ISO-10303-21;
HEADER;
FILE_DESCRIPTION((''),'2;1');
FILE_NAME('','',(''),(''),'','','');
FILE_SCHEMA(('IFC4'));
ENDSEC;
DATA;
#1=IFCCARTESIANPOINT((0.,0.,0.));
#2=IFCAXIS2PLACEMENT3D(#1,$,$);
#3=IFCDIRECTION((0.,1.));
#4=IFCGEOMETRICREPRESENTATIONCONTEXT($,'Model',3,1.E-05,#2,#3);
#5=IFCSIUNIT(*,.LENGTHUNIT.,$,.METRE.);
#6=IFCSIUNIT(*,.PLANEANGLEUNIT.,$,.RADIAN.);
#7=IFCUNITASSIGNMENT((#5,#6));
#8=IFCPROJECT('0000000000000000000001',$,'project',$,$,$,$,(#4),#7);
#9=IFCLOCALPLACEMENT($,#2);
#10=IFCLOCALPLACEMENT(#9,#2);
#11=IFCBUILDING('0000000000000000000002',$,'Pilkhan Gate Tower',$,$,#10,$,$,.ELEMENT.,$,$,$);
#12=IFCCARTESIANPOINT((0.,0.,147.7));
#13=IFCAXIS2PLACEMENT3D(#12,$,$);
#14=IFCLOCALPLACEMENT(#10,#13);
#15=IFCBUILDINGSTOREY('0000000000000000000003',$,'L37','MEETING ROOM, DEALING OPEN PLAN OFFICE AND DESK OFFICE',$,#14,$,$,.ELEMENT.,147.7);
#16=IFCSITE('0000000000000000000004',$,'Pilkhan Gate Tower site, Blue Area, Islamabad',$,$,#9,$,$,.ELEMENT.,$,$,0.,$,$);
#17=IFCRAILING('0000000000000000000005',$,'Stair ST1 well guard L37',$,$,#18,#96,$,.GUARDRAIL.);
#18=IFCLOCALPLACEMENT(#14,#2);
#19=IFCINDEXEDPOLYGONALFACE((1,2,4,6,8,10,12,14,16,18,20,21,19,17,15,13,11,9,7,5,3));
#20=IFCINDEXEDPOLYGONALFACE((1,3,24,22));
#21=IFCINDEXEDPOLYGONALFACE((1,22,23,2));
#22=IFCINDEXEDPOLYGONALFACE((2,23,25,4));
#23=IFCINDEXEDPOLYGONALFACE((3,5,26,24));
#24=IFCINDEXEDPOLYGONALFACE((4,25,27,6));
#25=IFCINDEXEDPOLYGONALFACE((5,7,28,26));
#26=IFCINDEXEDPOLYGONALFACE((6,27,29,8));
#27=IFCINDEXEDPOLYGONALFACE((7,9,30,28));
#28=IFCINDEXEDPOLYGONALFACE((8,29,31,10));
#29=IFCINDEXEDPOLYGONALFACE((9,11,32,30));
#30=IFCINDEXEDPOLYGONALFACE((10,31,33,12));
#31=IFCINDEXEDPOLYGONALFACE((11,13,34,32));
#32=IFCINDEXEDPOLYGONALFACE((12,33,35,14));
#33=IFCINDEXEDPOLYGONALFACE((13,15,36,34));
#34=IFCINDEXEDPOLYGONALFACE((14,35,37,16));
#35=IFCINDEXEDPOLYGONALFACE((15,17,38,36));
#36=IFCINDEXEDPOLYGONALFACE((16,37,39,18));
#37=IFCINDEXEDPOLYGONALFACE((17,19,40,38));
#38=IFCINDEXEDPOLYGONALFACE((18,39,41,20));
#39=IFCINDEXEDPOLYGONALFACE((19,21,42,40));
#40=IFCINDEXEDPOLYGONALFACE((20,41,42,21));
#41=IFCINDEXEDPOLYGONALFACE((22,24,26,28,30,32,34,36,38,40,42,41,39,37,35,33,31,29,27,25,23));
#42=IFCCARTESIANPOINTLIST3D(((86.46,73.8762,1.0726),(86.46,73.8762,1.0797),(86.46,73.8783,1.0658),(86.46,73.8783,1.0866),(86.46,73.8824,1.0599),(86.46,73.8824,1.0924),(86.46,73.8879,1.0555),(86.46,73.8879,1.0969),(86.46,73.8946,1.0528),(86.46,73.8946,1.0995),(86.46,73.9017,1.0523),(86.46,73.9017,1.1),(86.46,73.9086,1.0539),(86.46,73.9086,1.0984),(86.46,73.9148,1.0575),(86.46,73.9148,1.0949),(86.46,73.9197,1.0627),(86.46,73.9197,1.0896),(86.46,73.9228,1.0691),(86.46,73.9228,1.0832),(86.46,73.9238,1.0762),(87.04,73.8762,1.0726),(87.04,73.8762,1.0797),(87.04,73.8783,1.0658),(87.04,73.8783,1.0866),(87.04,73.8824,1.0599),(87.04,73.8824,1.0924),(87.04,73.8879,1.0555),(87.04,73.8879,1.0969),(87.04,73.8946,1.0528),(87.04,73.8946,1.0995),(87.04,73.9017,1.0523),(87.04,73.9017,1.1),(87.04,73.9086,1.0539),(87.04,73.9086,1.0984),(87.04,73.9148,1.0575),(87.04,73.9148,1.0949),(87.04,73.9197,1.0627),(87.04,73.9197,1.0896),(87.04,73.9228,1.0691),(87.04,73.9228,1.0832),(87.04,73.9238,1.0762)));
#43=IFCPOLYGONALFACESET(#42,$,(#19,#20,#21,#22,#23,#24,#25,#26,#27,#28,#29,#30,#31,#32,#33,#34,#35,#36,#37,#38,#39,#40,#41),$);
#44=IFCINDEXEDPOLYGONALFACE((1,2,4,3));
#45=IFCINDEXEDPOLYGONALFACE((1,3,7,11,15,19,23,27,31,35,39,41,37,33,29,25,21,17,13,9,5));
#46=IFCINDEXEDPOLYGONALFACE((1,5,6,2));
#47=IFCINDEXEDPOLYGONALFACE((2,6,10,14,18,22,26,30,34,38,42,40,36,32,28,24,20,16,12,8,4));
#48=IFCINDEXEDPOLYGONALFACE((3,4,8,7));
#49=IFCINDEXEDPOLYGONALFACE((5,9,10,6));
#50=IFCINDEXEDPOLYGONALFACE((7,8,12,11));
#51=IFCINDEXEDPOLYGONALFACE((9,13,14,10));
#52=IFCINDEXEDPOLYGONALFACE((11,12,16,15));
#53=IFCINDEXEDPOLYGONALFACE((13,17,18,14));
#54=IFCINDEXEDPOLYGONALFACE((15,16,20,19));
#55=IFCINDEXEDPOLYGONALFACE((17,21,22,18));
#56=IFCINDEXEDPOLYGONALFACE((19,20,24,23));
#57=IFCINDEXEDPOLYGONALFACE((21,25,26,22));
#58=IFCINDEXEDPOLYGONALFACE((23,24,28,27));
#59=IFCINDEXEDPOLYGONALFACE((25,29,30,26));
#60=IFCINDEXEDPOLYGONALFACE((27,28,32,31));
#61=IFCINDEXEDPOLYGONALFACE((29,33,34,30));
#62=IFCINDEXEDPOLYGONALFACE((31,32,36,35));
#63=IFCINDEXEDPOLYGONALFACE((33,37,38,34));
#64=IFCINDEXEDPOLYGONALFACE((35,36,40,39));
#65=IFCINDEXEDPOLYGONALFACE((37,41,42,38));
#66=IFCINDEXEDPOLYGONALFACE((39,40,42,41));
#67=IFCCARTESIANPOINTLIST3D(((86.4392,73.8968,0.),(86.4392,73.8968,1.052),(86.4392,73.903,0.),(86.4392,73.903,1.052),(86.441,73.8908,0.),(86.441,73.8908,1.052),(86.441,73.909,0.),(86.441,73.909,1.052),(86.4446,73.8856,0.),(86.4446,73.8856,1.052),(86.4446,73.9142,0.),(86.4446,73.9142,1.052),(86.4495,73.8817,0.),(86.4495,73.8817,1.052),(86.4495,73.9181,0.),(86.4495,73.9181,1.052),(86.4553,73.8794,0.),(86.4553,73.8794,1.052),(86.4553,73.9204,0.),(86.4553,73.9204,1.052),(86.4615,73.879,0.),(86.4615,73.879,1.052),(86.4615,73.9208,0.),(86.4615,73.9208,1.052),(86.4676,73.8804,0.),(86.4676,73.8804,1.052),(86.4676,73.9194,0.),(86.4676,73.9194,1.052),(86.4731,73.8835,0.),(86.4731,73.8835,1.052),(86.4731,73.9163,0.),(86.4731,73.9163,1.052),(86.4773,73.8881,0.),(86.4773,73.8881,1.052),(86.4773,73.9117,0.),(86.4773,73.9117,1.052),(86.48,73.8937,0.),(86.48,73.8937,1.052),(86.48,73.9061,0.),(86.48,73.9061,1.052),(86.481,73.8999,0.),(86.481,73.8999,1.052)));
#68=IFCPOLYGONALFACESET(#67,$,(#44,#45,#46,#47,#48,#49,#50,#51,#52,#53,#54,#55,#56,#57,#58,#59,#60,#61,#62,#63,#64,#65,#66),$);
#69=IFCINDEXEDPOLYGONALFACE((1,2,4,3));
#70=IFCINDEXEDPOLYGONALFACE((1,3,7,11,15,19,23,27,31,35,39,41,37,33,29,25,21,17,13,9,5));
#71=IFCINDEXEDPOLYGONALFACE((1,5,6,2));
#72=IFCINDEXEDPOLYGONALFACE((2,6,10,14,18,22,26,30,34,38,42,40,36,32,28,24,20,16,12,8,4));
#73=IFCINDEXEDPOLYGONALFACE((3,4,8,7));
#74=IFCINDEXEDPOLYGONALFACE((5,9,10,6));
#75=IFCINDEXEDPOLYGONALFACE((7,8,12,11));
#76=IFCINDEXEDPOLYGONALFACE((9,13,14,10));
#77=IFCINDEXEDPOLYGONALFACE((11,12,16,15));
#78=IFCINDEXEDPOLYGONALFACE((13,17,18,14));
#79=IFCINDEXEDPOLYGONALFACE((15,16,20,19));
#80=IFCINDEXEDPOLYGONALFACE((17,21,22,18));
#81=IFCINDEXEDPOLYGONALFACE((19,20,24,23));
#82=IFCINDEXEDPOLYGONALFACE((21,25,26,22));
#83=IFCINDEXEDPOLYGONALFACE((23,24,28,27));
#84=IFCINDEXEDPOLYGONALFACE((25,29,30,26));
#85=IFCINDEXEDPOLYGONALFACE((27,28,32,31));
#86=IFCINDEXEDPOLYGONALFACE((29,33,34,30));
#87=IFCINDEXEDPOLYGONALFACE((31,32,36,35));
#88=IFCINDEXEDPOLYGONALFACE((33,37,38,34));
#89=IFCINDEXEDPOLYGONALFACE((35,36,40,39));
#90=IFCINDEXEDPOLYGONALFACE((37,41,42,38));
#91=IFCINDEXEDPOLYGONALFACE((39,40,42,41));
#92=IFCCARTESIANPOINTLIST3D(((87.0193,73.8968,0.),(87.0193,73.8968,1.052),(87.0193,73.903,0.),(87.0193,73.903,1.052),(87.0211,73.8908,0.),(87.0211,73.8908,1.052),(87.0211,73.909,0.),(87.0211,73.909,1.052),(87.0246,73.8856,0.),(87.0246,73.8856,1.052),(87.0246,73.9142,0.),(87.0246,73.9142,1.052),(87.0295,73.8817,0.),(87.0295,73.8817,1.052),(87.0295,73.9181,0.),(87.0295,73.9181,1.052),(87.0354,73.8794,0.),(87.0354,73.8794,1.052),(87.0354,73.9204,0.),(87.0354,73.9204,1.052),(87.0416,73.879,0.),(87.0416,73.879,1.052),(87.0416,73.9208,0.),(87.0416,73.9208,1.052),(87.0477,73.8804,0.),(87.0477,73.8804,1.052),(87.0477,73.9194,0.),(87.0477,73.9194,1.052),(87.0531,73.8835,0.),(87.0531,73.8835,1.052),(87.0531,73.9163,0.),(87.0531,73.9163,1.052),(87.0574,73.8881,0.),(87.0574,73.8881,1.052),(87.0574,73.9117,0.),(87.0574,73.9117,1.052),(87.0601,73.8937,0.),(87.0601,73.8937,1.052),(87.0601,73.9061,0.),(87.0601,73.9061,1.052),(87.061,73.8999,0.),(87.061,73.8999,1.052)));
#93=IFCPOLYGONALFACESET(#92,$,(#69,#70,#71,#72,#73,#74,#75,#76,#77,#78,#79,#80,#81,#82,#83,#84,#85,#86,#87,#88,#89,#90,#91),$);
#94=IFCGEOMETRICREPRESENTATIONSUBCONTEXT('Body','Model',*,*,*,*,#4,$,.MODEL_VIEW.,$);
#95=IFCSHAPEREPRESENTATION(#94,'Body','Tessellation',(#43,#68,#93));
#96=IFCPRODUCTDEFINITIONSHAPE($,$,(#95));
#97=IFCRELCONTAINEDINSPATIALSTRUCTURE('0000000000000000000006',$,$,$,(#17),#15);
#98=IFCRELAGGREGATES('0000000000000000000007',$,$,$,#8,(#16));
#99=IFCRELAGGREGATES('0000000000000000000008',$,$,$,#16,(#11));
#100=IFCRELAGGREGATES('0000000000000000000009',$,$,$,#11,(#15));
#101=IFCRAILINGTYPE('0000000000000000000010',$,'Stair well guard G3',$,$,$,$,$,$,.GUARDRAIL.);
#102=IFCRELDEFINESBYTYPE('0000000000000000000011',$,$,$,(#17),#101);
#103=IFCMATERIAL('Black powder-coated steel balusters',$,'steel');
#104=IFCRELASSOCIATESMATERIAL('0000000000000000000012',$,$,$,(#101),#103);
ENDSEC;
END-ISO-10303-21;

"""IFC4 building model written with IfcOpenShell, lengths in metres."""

from ifc_helpers import new_model, si_unit, direction, frame, origin, origin_2d, place, context, subcontext, project, spatial, circle, extrude, material, type_object, element, save


model = new_model("IFC4")

# Units and contexts
model_context = context("Model", 3, precision=1e-05, world=origin(), true_north=direction((0.0, 1.0)))
body_context = subcontext(model_context, "Body", "Model", "MODEL_VIEW")
ifc_project = project(units=[si_unit("LENGTHUNIT", "METRE"), si_unit("PLANEANGLEUNIT", "RADIAN")], contexts=[model_context])

# Site, building, storey
site_placement = place(None, origin())
site = spatial("IfcSite", under=ifc_project, at=site_placement, Name="Pilkhan Gate Tower site, Blue Area, Islamabad", CompositionType="ELEMENT", RefElevation=0.0)
building_placement = place(site_placement, origin())
building = spatial("IfcBuilding", under=site, at=building_placement, Name="Pilkhan Gate Tower", CompositionType="ELEMENT")
storey_placement = place(building_placement, frame((0.0, 0.0, 147.7)))
storey = spatial("IfcBuildingStorey", under=building, at=storey_placement, Name="L37", Description="MEETING ROOM, DEALING OPEN PLAN OFFICE AND DESK OFFICE", CompositionType="ELEMENT", Elevation=147.7)

# Railing
ifc_material_1 = material(Name="Black powder-coated steel balusters", Category="steel")
railing_type_1 = type_object("IfcRailingType", Name="Stair well guard G3", PredefinedType="GUARDRAIL", material=ifc_material_1)
railing_1_placement = place(storey_placement, frame((86.46, 73.8999, 0.0)))
element("IfcRailing", 1, at=railing_1_placement, inside=storey, type_object=railing_type_1, Name="Stair ST1 well guard L37", PredefinedType="GUARDRAIL", context=body_context, shape_type="SweptSolid", body=[
    extrude(circle(Radius=0.0239, at=origin_2d()), frame((0.0, 0.0, 1.0762), z_axis=(1.0, 0.0, 0.0), x_axis=(0.0, 1.0, 0.0)), (0.0, 0.0, 1.0), 0.5801),
    extrude(circle(Radius=0.021, at=origin_2d()), origin(), (0.0, 0.0, 1.0), 1.052),
    extrude(circle(Radius=0.021, at=origin_2d()), frame((0.5801, 0.0, 0.0)), (0.0, 0.0, 1.0), 1.052),
])

save(model, "model.ifc")
